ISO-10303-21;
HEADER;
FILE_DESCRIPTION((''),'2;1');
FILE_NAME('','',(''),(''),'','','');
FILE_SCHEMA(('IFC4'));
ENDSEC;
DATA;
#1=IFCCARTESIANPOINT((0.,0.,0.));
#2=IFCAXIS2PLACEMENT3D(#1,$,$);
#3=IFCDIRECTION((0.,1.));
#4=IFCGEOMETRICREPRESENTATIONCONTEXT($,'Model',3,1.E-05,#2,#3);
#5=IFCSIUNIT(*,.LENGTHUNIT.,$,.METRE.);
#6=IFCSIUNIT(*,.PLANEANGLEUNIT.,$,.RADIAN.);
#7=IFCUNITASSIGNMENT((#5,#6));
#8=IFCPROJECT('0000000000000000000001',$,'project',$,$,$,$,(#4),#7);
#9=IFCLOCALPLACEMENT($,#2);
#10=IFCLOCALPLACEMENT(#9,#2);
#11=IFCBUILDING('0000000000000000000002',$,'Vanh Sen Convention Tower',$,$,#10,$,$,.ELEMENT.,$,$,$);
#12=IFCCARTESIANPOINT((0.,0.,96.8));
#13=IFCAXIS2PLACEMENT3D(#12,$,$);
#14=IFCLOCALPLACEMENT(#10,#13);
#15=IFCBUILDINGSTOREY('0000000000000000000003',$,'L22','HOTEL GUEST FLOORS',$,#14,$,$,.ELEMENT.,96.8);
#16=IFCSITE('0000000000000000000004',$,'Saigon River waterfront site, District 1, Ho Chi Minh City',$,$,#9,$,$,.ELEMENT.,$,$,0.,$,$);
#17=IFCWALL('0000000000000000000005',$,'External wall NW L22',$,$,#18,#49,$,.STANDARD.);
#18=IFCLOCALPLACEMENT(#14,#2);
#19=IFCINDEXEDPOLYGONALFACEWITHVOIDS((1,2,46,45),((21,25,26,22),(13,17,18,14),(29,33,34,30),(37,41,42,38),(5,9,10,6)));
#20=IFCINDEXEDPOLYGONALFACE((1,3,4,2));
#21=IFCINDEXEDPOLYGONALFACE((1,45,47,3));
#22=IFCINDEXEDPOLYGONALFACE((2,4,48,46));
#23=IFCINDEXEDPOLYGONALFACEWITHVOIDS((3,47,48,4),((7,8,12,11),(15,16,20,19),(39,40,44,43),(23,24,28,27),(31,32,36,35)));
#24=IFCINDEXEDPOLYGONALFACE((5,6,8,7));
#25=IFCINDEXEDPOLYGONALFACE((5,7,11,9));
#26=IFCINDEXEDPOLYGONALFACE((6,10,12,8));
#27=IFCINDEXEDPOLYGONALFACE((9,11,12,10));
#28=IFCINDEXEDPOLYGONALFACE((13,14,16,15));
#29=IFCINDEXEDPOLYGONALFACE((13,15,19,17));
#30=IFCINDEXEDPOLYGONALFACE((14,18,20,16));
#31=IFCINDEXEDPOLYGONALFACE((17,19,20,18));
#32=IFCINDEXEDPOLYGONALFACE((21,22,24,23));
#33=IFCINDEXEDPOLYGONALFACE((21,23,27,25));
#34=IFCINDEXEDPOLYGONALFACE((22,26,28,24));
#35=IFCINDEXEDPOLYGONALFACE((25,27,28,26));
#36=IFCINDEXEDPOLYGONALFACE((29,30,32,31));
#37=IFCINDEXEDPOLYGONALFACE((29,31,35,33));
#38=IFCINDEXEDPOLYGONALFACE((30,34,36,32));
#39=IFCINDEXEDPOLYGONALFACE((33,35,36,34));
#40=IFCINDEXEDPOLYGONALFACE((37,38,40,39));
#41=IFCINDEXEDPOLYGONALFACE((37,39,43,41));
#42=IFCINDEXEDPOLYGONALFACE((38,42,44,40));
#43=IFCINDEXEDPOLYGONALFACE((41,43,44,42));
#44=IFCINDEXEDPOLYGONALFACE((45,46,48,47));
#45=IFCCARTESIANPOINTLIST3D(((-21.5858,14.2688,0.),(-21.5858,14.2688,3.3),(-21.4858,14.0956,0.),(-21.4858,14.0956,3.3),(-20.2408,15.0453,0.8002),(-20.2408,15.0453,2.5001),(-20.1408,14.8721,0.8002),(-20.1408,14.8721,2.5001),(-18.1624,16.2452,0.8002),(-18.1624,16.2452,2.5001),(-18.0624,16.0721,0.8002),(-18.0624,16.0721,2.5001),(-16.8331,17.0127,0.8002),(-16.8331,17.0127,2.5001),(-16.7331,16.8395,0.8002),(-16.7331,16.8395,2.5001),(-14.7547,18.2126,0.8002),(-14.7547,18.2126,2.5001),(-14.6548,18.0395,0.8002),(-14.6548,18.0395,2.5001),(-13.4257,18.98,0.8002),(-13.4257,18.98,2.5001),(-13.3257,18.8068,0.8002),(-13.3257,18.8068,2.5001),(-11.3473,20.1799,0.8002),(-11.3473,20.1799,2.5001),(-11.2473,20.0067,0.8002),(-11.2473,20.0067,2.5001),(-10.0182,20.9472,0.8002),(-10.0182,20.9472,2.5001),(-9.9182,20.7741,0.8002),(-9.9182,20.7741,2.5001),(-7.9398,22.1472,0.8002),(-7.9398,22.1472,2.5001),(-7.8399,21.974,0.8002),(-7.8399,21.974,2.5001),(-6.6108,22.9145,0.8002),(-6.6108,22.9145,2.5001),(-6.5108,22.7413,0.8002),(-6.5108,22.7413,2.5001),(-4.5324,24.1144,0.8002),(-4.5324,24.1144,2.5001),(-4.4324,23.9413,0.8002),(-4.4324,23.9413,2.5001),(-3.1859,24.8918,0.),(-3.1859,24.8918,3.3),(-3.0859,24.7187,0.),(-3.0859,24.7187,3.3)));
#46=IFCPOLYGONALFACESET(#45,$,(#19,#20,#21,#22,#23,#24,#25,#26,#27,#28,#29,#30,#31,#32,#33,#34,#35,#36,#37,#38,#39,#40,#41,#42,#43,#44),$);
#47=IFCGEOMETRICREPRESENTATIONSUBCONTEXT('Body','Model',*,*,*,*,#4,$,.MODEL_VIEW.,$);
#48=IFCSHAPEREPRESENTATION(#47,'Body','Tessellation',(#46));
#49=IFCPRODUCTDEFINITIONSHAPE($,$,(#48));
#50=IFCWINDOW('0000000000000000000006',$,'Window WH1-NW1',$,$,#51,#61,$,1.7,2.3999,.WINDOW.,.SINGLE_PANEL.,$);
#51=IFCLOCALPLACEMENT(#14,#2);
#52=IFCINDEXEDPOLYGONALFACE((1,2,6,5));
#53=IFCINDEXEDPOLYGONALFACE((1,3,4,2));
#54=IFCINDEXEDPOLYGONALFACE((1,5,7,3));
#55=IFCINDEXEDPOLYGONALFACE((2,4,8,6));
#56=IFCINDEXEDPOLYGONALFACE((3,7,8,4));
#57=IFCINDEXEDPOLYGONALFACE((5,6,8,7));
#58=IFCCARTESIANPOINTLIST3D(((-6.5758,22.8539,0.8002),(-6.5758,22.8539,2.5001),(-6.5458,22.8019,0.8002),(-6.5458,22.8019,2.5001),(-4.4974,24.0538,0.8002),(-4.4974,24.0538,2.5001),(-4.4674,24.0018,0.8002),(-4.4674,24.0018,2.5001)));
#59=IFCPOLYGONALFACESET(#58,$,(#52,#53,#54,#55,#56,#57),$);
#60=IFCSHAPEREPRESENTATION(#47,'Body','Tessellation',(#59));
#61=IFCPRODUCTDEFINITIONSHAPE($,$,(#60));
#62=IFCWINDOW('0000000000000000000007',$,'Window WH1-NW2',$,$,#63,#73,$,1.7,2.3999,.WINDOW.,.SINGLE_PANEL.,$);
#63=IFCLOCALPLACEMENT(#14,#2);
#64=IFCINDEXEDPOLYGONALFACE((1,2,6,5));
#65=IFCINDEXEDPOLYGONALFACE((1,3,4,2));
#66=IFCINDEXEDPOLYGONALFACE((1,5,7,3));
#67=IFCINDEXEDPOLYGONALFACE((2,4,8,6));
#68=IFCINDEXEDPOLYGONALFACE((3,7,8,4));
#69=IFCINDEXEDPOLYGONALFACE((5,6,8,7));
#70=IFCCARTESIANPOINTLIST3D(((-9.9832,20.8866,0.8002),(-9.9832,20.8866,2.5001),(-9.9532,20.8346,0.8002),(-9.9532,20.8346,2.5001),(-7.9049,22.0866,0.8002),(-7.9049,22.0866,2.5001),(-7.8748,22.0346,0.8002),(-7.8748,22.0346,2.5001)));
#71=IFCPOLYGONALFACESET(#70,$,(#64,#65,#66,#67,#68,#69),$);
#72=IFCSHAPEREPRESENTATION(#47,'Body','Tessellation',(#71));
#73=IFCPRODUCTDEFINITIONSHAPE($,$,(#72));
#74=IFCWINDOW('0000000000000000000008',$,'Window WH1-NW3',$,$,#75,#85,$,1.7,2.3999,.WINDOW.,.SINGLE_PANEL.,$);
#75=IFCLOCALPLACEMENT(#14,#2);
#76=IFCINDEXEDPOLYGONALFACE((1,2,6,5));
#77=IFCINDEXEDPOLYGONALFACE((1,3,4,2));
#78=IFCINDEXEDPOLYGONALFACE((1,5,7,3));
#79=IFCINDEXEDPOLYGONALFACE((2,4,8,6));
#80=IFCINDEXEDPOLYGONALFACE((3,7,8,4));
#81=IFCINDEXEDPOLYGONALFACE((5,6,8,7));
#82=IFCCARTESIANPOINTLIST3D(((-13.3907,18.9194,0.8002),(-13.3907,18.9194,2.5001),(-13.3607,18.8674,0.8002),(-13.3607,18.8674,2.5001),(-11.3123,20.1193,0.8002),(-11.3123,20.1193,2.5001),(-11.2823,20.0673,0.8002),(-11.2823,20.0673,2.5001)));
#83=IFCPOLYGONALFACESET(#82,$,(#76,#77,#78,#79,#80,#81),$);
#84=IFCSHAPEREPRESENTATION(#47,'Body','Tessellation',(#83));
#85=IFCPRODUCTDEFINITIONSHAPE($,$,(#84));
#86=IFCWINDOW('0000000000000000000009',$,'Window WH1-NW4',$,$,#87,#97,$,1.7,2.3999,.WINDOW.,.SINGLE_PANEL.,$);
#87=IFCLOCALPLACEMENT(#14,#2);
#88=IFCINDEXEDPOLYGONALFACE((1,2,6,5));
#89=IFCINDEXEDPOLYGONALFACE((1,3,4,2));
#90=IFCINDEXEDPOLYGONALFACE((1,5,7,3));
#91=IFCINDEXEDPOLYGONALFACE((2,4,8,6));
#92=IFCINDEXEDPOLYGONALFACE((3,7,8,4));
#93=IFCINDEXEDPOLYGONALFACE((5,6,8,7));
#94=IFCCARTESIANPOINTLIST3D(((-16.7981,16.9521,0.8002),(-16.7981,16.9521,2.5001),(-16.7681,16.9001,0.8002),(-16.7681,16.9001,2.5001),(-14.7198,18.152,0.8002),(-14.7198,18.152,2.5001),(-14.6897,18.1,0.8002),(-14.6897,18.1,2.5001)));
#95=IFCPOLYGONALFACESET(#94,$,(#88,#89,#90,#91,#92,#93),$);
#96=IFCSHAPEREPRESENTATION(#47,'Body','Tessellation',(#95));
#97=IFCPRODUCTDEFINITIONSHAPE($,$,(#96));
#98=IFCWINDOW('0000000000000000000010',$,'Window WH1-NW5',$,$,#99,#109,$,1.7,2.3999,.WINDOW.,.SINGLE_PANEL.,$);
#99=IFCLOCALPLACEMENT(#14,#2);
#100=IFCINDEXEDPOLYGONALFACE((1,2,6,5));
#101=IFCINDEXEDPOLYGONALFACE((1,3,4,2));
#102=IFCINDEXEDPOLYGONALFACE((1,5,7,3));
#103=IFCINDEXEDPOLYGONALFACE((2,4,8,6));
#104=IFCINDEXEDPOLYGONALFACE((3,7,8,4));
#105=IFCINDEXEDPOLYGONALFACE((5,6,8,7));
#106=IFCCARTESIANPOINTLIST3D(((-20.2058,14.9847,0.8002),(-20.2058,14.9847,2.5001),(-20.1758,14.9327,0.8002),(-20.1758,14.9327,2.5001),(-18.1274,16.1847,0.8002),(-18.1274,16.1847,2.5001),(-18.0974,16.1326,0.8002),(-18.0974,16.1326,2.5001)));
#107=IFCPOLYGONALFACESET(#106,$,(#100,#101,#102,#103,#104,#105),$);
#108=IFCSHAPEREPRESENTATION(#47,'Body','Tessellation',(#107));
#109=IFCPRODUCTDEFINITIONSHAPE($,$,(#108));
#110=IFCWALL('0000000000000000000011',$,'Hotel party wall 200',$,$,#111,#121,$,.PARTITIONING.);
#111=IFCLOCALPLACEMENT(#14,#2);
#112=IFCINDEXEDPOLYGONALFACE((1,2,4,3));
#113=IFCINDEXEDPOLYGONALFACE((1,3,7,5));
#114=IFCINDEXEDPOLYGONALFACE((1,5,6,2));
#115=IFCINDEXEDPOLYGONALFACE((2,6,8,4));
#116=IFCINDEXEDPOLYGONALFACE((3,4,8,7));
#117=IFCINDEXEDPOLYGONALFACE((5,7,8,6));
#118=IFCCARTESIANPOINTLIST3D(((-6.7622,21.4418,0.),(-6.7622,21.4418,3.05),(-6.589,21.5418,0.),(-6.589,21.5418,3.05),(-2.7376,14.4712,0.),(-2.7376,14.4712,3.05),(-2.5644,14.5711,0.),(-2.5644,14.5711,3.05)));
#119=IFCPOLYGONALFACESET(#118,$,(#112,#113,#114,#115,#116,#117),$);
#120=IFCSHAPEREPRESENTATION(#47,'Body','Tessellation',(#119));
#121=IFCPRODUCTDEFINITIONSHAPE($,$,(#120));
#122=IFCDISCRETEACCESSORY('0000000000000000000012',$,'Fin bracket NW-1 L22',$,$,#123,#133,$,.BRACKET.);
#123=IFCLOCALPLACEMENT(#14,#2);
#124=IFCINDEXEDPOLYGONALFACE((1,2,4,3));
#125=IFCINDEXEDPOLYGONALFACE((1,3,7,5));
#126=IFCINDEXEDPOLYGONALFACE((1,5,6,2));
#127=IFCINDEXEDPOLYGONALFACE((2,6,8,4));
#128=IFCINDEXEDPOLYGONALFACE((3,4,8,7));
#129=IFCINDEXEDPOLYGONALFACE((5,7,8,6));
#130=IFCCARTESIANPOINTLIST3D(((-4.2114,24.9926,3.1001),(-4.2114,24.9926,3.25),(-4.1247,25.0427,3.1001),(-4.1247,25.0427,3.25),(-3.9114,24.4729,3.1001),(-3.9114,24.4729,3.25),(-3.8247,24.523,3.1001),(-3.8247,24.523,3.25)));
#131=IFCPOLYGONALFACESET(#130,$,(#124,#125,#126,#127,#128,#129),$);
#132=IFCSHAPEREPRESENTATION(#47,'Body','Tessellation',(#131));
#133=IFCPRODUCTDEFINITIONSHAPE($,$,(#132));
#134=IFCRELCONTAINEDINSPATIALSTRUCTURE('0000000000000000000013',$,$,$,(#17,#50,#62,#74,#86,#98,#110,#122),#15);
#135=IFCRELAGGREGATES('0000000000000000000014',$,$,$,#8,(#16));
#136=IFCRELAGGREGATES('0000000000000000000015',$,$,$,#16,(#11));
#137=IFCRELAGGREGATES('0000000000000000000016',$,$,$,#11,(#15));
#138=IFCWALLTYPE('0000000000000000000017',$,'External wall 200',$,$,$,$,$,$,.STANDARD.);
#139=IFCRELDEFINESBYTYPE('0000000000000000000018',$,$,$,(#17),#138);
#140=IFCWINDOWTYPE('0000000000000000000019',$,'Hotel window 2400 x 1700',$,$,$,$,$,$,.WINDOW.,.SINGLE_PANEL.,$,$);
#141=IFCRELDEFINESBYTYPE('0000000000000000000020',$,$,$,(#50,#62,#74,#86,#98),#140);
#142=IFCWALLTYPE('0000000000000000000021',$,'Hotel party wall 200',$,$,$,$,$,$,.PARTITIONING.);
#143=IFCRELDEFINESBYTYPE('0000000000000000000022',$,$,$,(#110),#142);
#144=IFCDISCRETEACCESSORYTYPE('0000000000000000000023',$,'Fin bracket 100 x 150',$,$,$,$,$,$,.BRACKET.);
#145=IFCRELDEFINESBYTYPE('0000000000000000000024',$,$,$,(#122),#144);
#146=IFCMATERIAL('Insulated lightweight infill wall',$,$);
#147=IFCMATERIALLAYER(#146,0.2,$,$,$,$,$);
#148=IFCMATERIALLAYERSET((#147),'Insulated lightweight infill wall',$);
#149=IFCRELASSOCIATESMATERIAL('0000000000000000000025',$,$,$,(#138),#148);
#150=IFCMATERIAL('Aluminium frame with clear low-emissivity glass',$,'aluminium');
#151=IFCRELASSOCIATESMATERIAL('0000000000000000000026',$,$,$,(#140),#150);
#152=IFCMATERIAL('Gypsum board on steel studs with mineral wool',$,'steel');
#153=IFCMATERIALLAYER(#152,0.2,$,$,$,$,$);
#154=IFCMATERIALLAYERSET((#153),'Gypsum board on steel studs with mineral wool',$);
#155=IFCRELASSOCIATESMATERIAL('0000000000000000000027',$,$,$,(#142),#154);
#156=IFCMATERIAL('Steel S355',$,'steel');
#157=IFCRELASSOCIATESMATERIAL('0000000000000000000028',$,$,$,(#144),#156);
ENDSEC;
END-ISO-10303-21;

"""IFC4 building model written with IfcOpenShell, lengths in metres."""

from ifc_helpers import new_model, si_unit, direction, frame, frame_2d, origin, origin_2d, place, context, subcontext, project, spatial, rectangle, extrude, material, layer, layer_set, type_object, element, fill, save


model = new_model("IFC4")

# Units and contexts
model_context = context("Model", 3, precision=1e-05, world=origin(), true_north=direction((0.0, 1.0)))
body_context = subcontext(model_context, "Body", "Model", "MODEL_VIEW")
ifc_project = project(units=[si_unit("LENGTHUNIT", "METRE"), si_unit("PLANEANGLEUNIT", "RADIAN")], contexts=[model_context])

# Site, building, storey
site_placement = place(None, origin())
site = spatial("IfcSite", under=ifc_project, at=site_placement, Name="Saigon River waterfront site, District 1, Ho Chi Minh City", CompositionType="ELEMENT", RefElevation=0.0)
building_placement = place(site_placement, origin())
building = spatial("IfcBuilding", under=site, at=building_placement, Name="Vanh Sen Convention Tower", CompositionType="ELEMENT")
storey_placement = place(building_placement, frame((0.0, 0.0, 96.8)))
storey = spatial("IfcBuildingStorey", under=building, at=storey_placement, Name="L22", Description="HOTEL GUEST FLOORS", CompositionType="ELEMENT", Elevation=96.8)

# Shared definitions
ifc_material_1 = material(Name="Gypsum board on steel studs with mineral wool", Category="steel")

# Wall, openings, windows
ifc_material_2 = material(Name="Insulated lightweight infill wall")
ifc_layer_1 = layer(ifc_material_2, 0.2)
ifc_layer_set_1 = layer_set([ifc_layer_1], Name="Insulated lightweight infill wall")
wall_type_1 = type_object("IfcWallType", Name="External wall 200", PredefinedType="STANDARD", material=ifc_layer_set_1)
wall_1_placement = place(storey_placement, frame((-3.136, 24.8052, 0.0), z_axis=(0.0, 0.0, 1.0), x_axis=(-0.866028, -0.499995, 0.0)))
wall_1 = element("IfcWall", 1, at=wall_1_placement, inside=storey, type_object=wall_type_1, Name="External wall NW L22", PredefinedType="STANDARD", context=body_context, shape_type="SweptSolid", body=[
    extrude(rectangle(XDim=21.2463, YDim=0.2, at=frame_2d((10.623, 0.0))), origin(), (0.0, 0.0, 1.0), 3.3),
])
opening_1_placement = place(wall_1_placement, frame((1.5547, 0.0, 0.8)))
opening_1 = element("IfcOpeningElement", 2, at=opening_1_placement, cuts=wall_1, PredefinedType="OPENING", context=body_context, shape_type="SweptSolid", body=[
    extrude(rectangle(XDim=2.3999, YDim=1.7, at=frame_2d((1.2, 0.8501))), frame((0.0, 0.1099, 0.0), z_axis=(0.0, -1.0, 0.0), x_axis=(1.0, 0.0, 0.0)), (0.0, 0.0, 1.0), 0.22),
])
opening_2_placement = place(wall_1_placement, frame((5.4893, 0.0, 0.8)))
opening_2 = element("IfcOpeningElement", 3, at=opening_2_placement, cuts=wall_1, PredefinedType="OPENING", context=body_context, shape_type="SweptSolid", body=[
    extrude(rectangle(XDim=2.3999, YDim=1.7, at=frame_2d((1.2, 0.8501))), frame((0.0, 0.1099, 0.0), z_axis=(0.0, -1.0, 0.0), x_axis=(1.0, 0.0, 0.0)), (0.0, 0.0, 1.0), 0.22),
])
opening_3_placement = place(wall_1_placement, frame((9.4238, 0.0, 0.8)))
opening_3 = element("IfcOpeningElement", 4, at=opening_3_placement, cuts=wall_1, PredefinedType="OPENING", context=body_context, shape_type="SweptSolid", body=[
    extrude(rectangle(XDim=2.3999, YDim=1.7, at=frame_2d((1.2, 0.8501))), frame((0.0, 0.1099, 0.0), z_axis=(0.0, -1.0, 0.0), x_axis=(1.0, 0.0, 0.0)), (0.0, 0.0, 1.0), 0.22),
])
opening_4_placement = place(wall_1_placement, frame((13.3584, 0.0, 0.8)))
opening_4 = element("IfcOpeningElement", 5, at=opening_4_placement, cuts=wall_1, PredefinedType="OPENING", context=body_context, shape_type="SweptSolid", body=[
    extrude(rectangle(XDim=2.3999, YDim=1.7, at=frame_2d((1.2, 0.8501))), frame((0.0, 0.1099, 0.0), z_axis=(0.0, -1.0, 0.0), x_axis=(1.0, 0.0, 0.0)), (0.0, 0.0, 1.0), 0.22),
])
opening_5_placement = place(wall_1_placement, frame((17.2932, 0.0, 0.8)))
opening_5 = element("IfcOpeningElement", 6, at=opening_5_placement, cuts=wall_1, PredefinedType="OPENING", context=body_context, shape_type="SweptSolid", body=[
    extrude(rectangle(XDim=2.3999, YDim=1.7, at=frame_2d((1.2, 0.8501))), frame((0.0, 0.1099, 0.0), z_axis=(0.0, -1.0, 0.0), x_axis=(1.0, 0.0, 0.0)), (0.0, 0.0, 1.0), 0.22),
])
ifc_material_3 = material(Name="Aluminium frame with clear low-emissivity glass", Category="aluminium")
window_type = type_object("IfcWindowType", Name="Hotel window 2400 x 1700", PartitioningType="SINGLE_PANEL", PredefinedType="WINDOW", material=ifc_material_3)
window_1_placement = place(opening_1_placement, origin())
window_1 = element("IfcWindow", 7, at=window_1_placement, inside=storey, type_object=window_type, Name="Window WH1-NW1", OverallHeight=1.7, OverallWidth=2.3999, PartitioningType="SINGLE_PANEL", PredefinedType="WINDOW", context=body_context, shape_type="SweptSolid", body=[
    extrude(rectangle(XDim=2.3999, YDim=1.7, at=frame_2d((1.2, 0.8501))), frame((0.0, 0.03, 0.0), z_axis=(0.0, -1.0, 0.0), x_axis=(1.0, 0.0, 0.0)), (0.0, 0.0, 1.0), 0.0601),
])
fill(opening_1, window_1)
window_2_placement = place(opening_2_placement, origin())
window_2 = element("IfcWindow", 8, at=window_2_placement, inside=storey, type_object=window_type, Name="Window WH1-NW2", OverallHeight=1.7, OverallWidth=2.3999, PartitioningType="SINGLE_PANEL", PredefinedType="WINDOW", context=body_context, shape_type="SweptSolid", body=[
    extrude(rectangle(XDim=2.3999, YDim=1.7, at=frame_2d((1.2, 0.8501))), frame((0.0, 0.03, 0.0), z_axis=(0.0, -1.0, 0.0), x_axis=(1.0, 0.0, 0.0)), (0.0, 0.0, 1.0), 0.0601),
])
fill(opening_2, window_2)
window_3_placement = place(opening_3_placement, origin())
window_3 = element("IfcWindow", 9, at=window_3_placement, inside=storey, type_object=window_type, Name="Window WH1-NW3", OverallHeight=1.7, OverallWidth=2.3999, PartitioningType="SINGLE_PANEL", PredefinedType="WINDOW", context=body_context, shape_type="SweptSolid", body=[
    extrude(rectangle(XDim=2.3999, YDim=1.7, at=frame_2d((1.2, 0.8501))), frame((0.0, 0.03, 0.0), z_axis=(0.0, -1.0, 0.0), x_axis=(1.0, 0.0, 0.0)), (0.0, 0.0, 1.0), 0.0601),
])
fill(opening_3, window_3)
window_4_placement = place(opening_4_placement, origin())
window_4 = element("IfcWindow", 10, at=window_4_placement, inside=storey, type_object=window_type, Name="Window WH1-NW4", OverallHeight=1.7, OverallWidth=2.3999, PartitioningType="SINGLE_PANEL", PredefinedType="WINDOW", context=body_context, shape_type="SweptSolid", body=[
    extrude(rectangle(XDim=2.3999, YDim=1.7, at=frame_2d((1.2, 0.8501))), frame((0.0, 0.03, 0.0), z_axis=(0.0, -1.0, 0.0), x_axis=(1.0, 0.0, 0.0)), (0.0, 0.0, 1.0), 0.0601),
])
fill(opening_4, window_4)
window_5_placement = place(opening_5_placement, origin())
window_5 = element("IfcWindow", 11, at=window_5_placement, inside=storey, type_object=window_type, Name="Window WH1-NW5", OverallHeight=1.7, OverallWidth=2.3999, PartitioningType="SINGLE_PANEL", PredefinedType="WINDOW", context=body_context, shape_type="SweptSolid", body=[
    extrude(rectangle(XDim=2.3999, YDim=1.7, at=frame_2d((1.2, 0.8501))), frame((0.0, 0.03, 0.0), z_axis=(0.0, -1.0, 0.0), x_axis=(1.0, 0.0, 0.0)), (0.0, 0.0, 1.0), 0.0601),
])
fill(opening_5, window_5)

# Wall
ifc_layer_2 = layer(ifc_material_1, 0.2)
ifc_layer_set_2 = layer_set([ifc_layer_2], Name="Gypsum board on steel studs with mineral wool")
wall_type_2 = type_object("IfcWallType", Name="Hotel party wall 200", PredefinedType="PARTITIONING", material=ifc_layer_set_2)
wall_2_placement = place(storey_placement, frame((-6.6755, 21.4917, 0.0), z_axis=(0.0, 0.0, 1.0), x_axis=(0.500011, -0.866019, 0.0)))
element("IfcWall", 12, at=wall_2_placement, inside=storey, type_object=wall_type_2, Name="Hotel party wall 200", PredefinedType="PARTITIONING", context=body_context, shape_type="SweptSolid", body=[
    extrude(rectangle(XDim=8.0491, YDim=0.2, at=frame_2d((4.0244, 0.0))), origin(), (0.0, 0.0, 1.0), 3.05),
])

# Discrete accessory
ifc_material_4 = material(Name="Steel S355", Category="steel")
discrete_accessory_type = type_object("IfcDiscreteAccessoryType", Name="Fin bracket 100 x 150", PredefinedType="BRACKET", material=ifc_material_4)
discrete_accessory_placement = place(storey_placement, frame((-4.0181, 24.7578, 3.1001), z_axis=(0.0, 0.0, 1.0), x_axis=(-0.5, 0.866025, 0.0)))
element("IfcDiscreteAccessory", 13, at=discrete_accessory_placement, inside=storey, type_object=discrete_accessory_type, Name="Fin bracket NW-1 L22", PredefinedType="BRACKET", context=body_context, shape_type="SweptSolid", body=[
    extrude(rectangle(XDim=0.6001, YDim=0.1001, at=origin_2d()), origin(), (0.0, 0.0, 1.0), 0.1499),
])

save(model, "model.ifc")
